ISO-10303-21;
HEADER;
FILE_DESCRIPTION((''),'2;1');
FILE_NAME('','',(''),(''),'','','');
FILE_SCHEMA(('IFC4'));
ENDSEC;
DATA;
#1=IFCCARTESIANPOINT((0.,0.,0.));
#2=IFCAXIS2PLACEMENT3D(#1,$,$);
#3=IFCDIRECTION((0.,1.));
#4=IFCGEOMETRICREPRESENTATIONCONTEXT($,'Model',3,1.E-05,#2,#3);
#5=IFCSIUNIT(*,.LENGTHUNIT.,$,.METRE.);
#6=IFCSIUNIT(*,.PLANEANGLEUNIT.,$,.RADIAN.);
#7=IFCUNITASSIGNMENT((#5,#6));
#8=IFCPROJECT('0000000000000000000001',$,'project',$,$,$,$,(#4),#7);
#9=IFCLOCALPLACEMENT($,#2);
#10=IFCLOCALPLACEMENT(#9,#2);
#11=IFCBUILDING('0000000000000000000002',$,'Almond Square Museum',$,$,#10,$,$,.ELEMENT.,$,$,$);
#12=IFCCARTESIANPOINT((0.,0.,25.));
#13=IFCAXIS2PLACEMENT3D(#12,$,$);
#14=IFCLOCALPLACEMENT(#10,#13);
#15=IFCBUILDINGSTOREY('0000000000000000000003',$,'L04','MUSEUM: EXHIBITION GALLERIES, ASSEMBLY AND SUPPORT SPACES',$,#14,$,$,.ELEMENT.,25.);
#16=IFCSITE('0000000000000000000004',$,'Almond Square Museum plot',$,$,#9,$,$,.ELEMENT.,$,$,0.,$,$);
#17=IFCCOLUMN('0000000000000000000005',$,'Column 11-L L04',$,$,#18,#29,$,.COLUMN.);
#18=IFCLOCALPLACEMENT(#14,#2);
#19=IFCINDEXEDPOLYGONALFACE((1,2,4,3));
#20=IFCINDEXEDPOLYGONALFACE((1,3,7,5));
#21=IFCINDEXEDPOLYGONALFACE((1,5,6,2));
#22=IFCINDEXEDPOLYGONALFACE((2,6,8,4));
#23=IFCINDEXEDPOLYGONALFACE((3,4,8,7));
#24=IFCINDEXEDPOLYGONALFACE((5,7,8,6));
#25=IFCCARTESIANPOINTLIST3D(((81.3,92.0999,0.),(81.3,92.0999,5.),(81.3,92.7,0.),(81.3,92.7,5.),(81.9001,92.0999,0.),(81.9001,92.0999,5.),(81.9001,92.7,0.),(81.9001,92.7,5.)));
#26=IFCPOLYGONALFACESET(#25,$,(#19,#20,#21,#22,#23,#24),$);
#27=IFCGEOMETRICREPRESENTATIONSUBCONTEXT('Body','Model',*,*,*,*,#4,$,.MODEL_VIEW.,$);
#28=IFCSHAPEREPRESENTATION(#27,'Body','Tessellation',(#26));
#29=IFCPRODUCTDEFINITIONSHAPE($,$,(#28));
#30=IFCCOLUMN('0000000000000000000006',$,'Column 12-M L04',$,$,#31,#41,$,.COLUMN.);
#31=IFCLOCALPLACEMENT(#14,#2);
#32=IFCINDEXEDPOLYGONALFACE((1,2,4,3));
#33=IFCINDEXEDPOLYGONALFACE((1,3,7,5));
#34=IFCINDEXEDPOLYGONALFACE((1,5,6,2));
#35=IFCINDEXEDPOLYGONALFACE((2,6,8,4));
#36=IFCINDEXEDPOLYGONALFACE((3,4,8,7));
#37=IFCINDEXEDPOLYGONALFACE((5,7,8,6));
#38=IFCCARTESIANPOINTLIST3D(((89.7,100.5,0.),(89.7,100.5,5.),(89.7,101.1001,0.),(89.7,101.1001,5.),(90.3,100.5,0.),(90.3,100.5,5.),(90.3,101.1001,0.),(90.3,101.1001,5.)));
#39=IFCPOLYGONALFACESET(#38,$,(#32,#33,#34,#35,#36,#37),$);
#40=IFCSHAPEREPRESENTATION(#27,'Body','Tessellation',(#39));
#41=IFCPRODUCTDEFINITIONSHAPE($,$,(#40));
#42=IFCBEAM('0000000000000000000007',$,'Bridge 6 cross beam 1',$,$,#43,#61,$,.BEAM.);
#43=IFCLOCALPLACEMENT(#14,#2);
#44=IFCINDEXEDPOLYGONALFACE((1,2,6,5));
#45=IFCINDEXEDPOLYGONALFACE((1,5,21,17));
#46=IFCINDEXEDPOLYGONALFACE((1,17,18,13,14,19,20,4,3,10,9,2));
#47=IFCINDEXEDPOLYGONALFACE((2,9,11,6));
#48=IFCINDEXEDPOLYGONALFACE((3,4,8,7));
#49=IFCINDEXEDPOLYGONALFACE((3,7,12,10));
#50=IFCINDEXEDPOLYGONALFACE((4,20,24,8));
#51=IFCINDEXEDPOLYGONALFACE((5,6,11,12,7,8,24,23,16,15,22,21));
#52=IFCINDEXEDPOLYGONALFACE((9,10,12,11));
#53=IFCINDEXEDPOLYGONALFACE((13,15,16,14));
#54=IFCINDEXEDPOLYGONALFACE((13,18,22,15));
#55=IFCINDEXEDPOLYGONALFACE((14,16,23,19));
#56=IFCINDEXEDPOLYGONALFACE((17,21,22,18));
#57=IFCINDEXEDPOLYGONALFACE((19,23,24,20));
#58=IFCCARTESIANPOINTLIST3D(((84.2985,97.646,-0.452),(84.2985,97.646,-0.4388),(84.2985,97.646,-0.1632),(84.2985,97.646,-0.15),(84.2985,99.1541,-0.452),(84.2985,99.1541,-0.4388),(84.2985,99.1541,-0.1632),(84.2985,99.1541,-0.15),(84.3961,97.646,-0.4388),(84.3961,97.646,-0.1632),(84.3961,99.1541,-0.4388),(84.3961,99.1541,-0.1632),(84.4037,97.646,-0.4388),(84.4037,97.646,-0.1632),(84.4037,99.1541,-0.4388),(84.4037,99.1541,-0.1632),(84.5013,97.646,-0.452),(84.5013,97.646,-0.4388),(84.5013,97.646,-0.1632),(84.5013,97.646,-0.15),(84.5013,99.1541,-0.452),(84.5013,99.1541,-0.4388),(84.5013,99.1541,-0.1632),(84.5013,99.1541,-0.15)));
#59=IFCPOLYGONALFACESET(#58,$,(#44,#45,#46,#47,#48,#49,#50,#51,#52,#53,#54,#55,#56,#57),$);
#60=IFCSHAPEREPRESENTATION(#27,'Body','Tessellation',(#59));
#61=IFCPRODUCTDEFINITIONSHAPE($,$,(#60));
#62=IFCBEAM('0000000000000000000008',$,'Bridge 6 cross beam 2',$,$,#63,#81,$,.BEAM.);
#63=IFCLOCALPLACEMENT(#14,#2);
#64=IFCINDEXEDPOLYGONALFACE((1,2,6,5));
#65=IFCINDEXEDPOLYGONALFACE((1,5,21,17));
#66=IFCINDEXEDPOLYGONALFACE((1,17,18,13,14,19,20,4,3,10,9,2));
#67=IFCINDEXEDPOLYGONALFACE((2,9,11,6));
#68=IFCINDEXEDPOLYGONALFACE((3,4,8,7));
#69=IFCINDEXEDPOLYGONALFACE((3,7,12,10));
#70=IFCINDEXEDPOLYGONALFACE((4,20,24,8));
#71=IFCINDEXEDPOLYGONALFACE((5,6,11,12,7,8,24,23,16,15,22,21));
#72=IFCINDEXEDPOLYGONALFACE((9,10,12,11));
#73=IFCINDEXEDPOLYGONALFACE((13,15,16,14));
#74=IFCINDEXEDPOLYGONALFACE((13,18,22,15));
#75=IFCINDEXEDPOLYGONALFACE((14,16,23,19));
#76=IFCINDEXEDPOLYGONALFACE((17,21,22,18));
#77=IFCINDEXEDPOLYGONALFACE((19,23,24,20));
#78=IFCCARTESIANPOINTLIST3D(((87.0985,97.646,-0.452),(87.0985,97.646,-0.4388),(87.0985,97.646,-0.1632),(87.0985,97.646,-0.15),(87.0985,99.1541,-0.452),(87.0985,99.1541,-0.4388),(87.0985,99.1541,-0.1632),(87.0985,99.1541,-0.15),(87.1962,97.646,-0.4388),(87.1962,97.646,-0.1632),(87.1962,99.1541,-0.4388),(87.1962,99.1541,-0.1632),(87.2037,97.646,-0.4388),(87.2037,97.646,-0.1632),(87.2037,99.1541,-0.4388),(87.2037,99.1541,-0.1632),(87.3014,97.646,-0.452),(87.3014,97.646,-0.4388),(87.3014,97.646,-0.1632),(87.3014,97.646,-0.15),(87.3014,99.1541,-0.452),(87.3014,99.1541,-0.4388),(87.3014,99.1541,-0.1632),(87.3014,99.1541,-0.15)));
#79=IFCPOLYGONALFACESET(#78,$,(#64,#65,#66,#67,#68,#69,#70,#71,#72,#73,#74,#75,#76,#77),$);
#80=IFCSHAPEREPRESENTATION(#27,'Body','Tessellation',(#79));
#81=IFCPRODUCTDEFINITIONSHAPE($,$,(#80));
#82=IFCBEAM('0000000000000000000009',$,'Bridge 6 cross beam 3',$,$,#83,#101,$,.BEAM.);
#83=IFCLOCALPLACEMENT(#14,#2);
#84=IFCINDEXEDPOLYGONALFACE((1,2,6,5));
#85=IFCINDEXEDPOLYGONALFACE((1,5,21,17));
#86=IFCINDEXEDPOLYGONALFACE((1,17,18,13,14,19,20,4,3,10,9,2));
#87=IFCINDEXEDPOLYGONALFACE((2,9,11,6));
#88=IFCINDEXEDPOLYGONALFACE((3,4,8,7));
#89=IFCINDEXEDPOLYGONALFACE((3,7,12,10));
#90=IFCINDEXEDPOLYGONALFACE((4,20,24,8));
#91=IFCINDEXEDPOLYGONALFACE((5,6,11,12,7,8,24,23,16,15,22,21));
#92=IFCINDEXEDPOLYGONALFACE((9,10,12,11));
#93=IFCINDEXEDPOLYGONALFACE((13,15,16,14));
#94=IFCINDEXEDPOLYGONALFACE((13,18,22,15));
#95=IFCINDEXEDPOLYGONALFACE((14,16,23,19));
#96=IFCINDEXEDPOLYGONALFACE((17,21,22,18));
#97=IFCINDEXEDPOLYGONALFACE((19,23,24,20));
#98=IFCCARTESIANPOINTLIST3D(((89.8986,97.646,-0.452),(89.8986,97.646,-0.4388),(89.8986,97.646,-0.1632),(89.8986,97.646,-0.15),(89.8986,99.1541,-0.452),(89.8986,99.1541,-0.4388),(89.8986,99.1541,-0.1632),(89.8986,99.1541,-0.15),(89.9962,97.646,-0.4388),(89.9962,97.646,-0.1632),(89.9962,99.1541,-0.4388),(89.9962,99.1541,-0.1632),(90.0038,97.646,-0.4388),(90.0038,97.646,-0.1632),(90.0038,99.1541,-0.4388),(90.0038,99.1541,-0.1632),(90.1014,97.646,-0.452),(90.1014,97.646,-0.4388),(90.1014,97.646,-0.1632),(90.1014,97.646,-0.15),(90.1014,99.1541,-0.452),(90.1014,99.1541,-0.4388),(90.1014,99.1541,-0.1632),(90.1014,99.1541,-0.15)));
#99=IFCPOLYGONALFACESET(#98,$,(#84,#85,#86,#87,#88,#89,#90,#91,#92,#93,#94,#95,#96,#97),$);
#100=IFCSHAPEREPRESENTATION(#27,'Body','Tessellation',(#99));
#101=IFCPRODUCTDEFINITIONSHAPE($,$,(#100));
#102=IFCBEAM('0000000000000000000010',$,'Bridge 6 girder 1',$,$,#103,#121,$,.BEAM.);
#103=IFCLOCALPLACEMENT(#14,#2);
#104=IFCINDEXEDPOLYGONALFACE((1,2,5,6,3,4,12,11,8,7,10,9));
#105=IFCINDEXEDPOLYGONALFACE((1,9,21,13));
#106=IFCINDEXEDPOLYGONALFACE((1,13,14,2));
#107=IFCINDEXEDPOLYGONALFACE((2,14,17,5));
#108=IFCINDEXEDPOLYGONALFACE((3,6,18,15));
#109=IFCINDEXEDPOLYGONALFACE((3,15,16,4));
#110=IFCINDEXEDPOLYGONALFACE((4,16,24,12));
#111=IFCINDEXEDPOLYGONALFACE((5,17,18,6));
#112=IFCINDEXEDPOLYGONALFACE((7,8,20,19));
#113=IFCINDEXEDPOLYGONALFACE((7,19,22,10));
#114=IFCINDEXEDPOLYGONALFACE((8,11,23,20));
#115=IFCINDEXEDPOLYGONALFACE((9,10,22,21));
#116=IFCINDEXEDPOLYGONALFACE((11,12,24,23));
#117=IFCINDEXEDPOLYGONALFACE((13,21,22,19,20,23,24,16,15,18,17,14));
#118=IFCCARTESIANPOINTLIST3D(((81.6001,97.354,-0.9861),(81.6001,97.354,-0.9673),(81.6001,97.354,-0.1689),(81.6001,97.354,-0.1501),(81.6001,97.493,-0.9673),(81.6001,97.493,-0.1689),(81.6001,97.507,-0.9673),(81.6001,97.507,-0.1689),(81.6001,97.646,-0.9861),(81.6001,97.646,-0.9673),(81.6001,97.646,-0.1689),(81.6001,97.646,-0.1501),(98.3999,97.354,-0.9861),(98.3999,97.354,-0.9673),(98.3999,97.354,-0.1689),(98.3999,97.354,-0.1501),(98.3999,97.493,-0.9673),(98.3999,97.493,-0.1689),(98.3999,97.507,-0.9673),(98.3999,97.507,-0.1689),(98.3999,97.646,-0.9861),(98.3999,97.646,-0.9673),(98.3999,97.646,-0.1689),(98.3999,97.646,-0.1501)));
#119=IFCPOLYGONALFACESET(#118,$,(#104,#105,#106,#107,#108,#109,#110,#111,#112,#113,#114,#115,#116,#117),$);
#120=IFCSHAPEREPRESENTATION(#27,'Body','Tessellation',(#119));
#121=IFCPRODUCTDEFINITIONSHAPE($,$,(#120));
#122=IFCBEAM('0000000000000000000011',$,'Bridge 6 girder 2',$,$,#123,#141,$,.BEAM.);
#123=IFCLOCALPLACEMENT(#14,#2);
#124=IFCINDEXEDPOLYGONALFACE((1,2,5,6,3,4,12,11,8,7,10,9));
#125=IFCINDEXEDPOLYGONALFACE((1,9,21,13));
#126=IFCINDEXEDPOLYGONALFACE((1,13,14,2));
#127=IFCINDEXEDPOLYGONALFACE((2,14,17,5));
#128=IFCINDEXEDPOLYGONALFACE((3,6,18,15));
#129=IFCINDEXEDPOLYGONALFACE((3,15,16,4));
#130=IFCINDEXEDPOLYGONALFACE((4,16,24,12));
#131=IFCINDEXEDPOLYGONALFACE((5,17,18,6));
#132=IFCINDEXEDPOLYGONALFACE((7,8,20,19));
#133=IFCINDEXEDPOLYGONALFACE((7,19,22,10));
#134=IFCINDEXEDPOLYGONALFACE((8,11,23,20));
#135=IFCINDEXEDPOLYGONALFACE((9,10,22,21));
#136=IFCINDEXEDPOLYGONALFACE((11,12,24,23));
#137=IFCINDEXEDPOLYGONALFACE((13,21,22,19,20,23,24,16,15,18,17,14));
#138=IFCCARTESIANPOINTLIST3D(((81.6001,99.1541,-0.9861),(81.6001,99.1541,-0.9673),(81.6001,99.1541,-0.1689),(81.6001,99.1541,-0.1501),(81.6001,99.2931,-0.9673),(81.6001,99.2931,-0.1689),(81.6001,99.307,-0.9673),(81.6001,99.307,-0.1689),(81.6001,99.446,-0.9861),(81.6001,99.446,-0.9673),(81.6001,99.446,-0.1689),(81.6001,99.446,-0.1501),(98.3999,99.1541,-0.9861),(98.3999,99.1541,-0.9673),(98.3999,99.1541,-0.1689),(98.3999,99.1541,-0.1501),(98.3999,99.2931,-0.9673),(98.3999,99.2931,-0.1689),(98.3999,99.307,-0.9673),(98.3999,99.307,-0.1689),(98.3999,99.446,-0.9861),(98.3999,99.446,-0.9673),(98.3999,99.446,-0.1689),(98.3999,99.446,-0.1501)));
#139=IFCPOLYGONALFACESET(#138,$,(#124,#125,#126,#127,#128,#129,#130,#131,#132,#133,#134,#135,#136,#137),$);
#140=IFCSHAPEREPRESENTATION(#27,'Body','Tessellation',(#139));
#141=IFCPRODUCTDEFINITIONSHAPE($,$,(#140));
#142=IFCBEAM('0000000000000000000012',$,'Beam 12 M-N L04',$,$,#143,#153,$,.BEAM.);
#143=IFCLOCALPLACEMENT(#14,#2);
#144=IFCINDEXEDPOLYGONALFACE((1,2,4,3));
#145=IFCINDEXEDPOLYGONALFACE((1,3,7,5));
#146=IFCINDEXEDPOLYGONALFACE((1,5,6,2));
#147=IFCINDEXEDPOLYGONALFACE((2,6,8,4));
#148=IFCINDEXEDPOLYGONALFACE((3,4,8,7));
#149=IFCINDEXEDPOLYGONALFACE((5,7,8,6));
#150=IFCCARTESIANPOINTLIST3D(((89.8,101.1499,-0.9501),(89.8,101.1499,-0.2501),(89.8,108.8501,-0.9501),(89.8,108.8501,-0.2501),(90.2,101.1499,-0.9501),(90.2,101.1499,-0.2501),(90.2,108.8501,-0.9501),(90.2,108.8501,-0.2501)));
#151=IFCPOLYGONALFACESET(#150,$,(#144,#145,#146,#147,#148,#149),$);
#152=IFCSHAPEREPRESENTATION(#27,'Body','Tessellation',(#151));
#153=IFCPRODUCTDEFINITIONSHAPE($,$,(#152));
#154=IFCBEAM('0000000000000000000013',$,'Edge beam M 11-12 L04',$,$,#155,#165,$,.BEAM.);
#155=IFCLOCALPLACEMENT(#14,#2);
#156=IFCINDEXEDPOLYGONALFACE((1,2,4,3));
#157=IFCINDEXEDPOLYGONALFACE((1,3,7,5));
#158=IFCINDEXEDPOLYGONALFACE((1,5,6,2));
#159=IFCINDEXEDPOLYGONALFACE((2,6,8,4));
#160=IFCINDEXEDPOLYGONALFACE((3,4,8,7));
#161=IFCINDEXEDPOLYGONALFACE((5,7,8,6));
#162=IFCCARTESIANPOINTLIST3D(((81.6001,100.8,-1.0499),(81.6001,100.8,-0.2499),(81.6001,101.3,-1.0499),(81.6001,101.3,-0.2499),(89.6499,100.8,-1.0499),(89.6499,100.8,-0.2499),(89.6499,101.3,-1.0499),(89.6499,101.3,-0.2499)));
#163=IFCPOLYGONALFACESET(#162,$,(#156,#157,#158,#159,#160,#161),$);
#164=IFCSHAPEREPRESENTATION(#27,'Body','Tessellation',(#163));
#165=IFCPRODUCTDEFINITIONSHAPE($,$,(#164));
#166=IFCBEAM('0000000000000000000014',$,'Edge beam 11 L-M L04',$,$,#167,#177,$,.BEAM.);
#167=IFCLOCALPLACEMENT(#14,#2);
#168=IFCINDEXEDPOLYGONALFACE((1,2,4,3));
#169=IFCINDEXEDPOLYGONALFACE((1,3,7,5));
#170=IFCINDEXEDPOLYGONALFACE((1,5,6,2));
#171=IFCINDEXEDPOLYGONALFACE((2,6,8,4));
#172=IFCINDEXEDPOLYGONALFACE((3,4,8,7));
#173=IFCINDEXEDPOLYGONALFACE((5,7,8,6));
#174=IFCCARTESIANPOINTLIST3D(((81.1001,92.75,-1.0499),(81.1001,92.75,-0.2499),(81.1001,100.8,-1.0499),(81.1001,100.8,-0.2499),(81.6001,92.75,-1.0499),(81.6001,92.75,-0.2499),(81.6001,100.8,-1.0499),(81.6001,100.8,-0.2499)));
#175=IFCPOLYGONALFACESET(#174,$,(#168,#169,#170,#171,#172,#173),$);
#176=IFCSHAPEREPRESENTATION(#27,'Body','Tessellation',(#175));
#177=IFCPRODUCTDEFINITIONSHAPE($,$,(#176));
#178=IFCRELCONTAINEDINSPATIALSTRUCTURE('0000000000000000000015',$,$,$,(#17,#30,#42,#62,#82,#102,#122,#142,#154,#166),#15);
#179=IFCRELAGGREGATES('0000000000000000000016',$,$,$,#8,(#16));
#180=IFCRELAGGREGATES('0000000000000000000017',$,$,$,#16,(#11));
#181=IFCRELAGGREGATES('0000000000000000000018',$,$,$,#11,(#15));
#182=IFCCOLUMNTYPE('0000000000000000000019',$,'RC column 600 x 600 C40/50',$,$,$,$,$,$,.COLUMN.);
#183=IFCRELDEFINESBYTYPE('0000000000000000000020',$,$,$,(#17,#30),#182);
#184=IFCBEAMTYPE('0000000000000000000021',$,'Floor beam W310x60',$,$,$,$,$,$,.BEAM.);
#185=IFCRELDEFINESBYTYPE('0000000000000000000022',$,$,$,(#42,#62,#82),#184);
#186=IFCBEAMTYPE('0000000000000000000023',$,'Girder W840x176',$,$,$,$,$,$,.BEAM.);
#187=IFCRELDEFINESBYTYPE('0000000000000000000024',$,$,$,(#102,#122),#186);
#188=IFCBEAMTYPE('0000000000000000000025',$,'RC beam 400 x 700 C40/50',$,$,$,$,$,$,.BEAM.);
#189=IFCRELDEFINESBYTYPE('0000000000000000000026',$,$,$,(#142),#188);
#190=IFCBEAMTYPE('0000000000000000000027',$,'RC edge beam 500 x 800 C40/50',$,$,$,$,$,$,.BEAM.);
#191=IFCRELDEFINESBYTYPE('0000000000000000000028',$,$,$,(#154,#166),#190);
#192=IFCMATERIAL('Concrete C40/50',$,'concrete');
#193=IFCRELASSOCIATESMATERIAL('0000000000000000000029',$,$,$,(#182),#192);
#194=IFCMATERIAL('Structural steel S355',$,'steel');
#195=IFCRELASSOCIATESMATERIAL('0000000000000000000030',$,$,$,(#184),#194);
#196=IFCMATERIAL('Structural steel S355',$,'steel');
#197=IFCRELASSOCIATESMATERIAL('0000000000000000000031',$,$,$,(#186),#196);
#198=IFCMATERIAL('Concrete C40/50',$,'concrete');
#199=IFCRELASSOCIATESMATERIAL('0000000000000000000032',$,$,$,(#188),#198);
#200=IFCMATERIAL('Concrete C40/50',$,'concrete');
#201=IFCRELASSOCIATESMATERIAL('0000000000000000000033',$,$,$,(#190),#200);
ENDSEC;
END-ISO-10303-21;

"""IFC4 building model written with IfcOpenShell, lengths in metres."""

from ifc_helpers import new_model, si_unit, direction, frame, origin, origin_2d, place, context, subcontext, project, spatial, rectangle, i_section, extrude, material, material_profile, profile_set, type_object, element, save


model = new_model("IFC4")

# Units and contexts
model_context = context("Model", 3, precision=1e-05, world=origin(), true_north=direction((0.0, 1.0)))
body_context = subcontext(model_context, "Body", "Model", "MODEL_VIEW")
ifc_project = project(units=[si_unit("LENGTHUNIT", "METRE"), si_unit("PLANEANGLEUNIT", "RADIAN")], contexts=[model_context])

# Site, building, storey
site_placement = place(None, origin())
site = spatial("IfcSite", under=ifc_project, at=site_placement, Name="Almond Square Museum plot", CompositionType="ELEMENT", RefElevation=0.0)
building_placement = place(site_placement, origin())
building = spatial("IfcBuilding", under=site, at=building_placement, Name="Almond Square Museum", CompositionType="ELEMENT")
storey_placement = place(building_placement, frame((0.0, 0.0, 25.0)))
storey = spatial("IfcBuildingStorey", under=building, at=storey_placement, Name="L04", Description="MUSEUM: EXHIBITION GALLERIES, ASSEMBLY AND SUPPORT SPACES", CompositionType="ELEMENT", Elevation=25.0)

# Columns
ifc_material_1 = material(Name="Concrete C40/50", Category="concrete")
ifc_material_profile_1 = material_profile(ifc_material_1, rectangle(XDim=0.6001, YDim=0.6001, at=origin_2d()))
ifc_profile_set_1 = profile_set([ifc_material_profile_1], Name="Concrete C40/50")
column_type = type_object("IfcColumnType", Name="RC column 600 x 600 C40/50", PredefinedType="COLUMN", material=ifc_profile_set_1)
for number, where, z_axis, x_axis, name in (
    (1, (81.6001, 92.3999, 0.0), (0.0, 0.0, 1.0), (1.0, 0.0, 0.0), "Column 11-L L04"),
    (2, (90.0, 100.8, 0.0), (0.0, 0.0, 1.0), (1.0, 0.0, 0.0), "Column 12-M L04"),
):
    element("IfcColumn", number, at=place(storey_placement, frame(where, z_axis=z_axis, x_axis=x_axis)), inside=storey, type_object=column_type, Name=name, PredefinedType="COLUMN", context=body_context, shape_type="SweptSolid", body=[
        extrude(rectangle(XDim=0.6001, YDim=0.6001, at=origin_2d()), origin(), (0.0, 0.0, 1.0), 5.0),
    ])

# Beams
ifc_material_2 = material(Name="Structural steel S355", Category="steel")
ifc_material_profile_2 = material_profile(ifc_material_2, i_section(OverallWidth=0.2029, OverallDepth=0.302, WebThickness=0.0076, FlangeThickness=0.0132, at=origin_2d()))
ifc_profile_set_2 = profile_set([ifc_material_profile_2], Name="Structural steel S355")
beam_type_1 = type_object("IfcBeamType", Name="Floor beam W310x60", PredefinedType="BEAM", material=ifc_profile_set_2)
for number, where, z_axis, x_axis, name in (
    (3, (84.3999, 97.646, -0.301), (0.0, 1.0, 0.0), (-1.0, 0.0, 0.0), "Bridge 6 cross beam 1"),
    (4, (87.2, 97.646, -0.301), (0.0, 1.0, 0.0), (-1.0, 0.0, 0.0), "Bridge 6 cross beam 2"),
    (5, (90.0, 97.646, -0.301), (0.0, 1.0, 0.0), (-1.0, 0.0, 0.0), "Bridge 6 cross beam 3"),
):
    element("IfcBeam", number, at=place(storey_placement, frame(where, z_axis=z_axis, x_axis=x_axis)), inside=storey, type_object=beam_type_1, Name=name, PredefinedType="BEAM", context=body_context, shape_type="SweptSolid", body=[
        extrude(i_section(OverallWidth=0.2029, OverallDepth=0.302, WebThickness=0.0076, FlangeThickness=0.0132, at=origin_2d()), origin(), (0.0, 0.0, 1.0), 1.5081),
    ])
ifc_material_3 = material(Name="Structural steel S355", Category="steel")
ifc_material_profile_3 = material_profile(ifc_material_3, i_section(OverallWidth=0.292, OverallDepth=0.8359, WebThickness=0.0139, FlangeThickness=0.0188, at=origin_2d()))
ifc_profile_set_3 = profile_set([ifc_material_profile_3], Name="Structural steel S355")
beam_type_2 = type_object("IfcBeamType", Name="Girder W840x176", PredefinedType="BEAM", material=ifc_profile_set_3)
for number, where, z_axis, x_axis, name in (
    (6, (81.6001, 97.5, -0.5681), (1.0, 0.0, 0.0), (0.0, 1.0, 0.0), "Bridge 6 girder 1"),
    (7, (81.6001, 99.3, -0.5681), (1.0, 0.0, 0.0), (0.0, 1.0, 0.0), "Bridge 6 girder 2"),
):
    element("IfcBeam", number, at=place(storey_placement, frame(where, z_axis=z_axis, x_axis=x_axis)), inside=storey, type_object=beam_type_2, Name=name, PredefinedType="BEAM", context=body_context, shape_type="SweptSolid", body=[
        extrude(i_section(OverallWidth=0.292, OverallDepth=0.8359, WebThickness=0.0139, FlangeThickness=0.0188, at=origin_2d()), origin(), (0.0, 0.0, 1.0), 16.7998),
    ])
ifc_material_4 = material(Name="Concrete C40/50", Category="concrete")
ifc_material_profile_4 = material_profile(ifc_material_4, rectangle(XDim=0.3999, YDim=0.7, at=origin_2d()))
ifc_profile_set_4 = profile_set([ifc_material_profile_4], Name="Concrete C40/50")
beam_type_3 = type_object("IfcBeamType", Name="RC beam 400 x 700 C40/50", PredefinedType="BEAM", material=ifc_profile_set_4)
beam_1_placement = place(storey_placement, frame((90.0, 101.1499, -0.6001), z_axis=(0.0, 1.0, 0.0), x_axis=(-1.0, 0.0, 0.0)))
element("IfcBeam", 8, at=beam_1_placement, inside=storey, type_object=beam_type_3, Name="Beam 12 M-N L04", PredefinedType="BEAM", context=body_context, shape_type="SweptSolid", body=[
    extrude(rectangle(XDim=0.3999, YDim=0.7, at=origin_2d()), origin(), (0.0, 0.0, 1.0), 7.7002),
])
ifc_material_5 = material(Name="Concrete C40/50", Category="concrete")
ifc_material_profile_5 = material_profile(ifc_material_5, rectangle(XDim=0.5, YDim=0.8, at=origin_2d()))
ifc_profile_set_5 = profile_set([ifc_material_profile_5], Name="Concrete C40/50")
beam_type_4 = type_object("IfcBeamType", Name="RC edge beam 500 x 800 C40/50", PredefinedType="BEAM", material=ifc_profile_set_5)
beam_2_placement = place(storey_placement, frame((81.6001, 101.05, -0.6499), z_axis=(1.0, 0.0, 0.0), x_axis=(0.0, 1.0, 0.0)))
element("IfcBeam", 9, at=beam_2_placement, inside=storey, type_object=beam_type_4, Name="Edge beam M 11-12 L04", PredefinedType="BEAM", context=body_context, shape_type="SweptSolid", body=[
    extrude(rectangle(XDim=0.5, YDim=0.8, at=origin_2d()), origin(), (0.0, 0.0, 1.0), 8.0498),
])
beam_3_placement = place(storey_placement, frame((81.3501, 92.75, -0.6499), z_axis=(0.0, 1.0, 0.0), x_axis=(-1.0, 0.0, 0.0)))
element("IfcBeam", 10, at=beam_3_placement, inside=storey, type_object=beam_type_4, Name="Edge beam 11 L-M L04", PredefinedType="BEAM", context=body_context, shape_type="SweptSolid", body=[
    extrude(rectangle(XDim=0.5, YDim=0.8, at=origin_2d()), origin(), (0.0, 0.0, 1.0), 8.05),
])

save(model, "model.ifc")
